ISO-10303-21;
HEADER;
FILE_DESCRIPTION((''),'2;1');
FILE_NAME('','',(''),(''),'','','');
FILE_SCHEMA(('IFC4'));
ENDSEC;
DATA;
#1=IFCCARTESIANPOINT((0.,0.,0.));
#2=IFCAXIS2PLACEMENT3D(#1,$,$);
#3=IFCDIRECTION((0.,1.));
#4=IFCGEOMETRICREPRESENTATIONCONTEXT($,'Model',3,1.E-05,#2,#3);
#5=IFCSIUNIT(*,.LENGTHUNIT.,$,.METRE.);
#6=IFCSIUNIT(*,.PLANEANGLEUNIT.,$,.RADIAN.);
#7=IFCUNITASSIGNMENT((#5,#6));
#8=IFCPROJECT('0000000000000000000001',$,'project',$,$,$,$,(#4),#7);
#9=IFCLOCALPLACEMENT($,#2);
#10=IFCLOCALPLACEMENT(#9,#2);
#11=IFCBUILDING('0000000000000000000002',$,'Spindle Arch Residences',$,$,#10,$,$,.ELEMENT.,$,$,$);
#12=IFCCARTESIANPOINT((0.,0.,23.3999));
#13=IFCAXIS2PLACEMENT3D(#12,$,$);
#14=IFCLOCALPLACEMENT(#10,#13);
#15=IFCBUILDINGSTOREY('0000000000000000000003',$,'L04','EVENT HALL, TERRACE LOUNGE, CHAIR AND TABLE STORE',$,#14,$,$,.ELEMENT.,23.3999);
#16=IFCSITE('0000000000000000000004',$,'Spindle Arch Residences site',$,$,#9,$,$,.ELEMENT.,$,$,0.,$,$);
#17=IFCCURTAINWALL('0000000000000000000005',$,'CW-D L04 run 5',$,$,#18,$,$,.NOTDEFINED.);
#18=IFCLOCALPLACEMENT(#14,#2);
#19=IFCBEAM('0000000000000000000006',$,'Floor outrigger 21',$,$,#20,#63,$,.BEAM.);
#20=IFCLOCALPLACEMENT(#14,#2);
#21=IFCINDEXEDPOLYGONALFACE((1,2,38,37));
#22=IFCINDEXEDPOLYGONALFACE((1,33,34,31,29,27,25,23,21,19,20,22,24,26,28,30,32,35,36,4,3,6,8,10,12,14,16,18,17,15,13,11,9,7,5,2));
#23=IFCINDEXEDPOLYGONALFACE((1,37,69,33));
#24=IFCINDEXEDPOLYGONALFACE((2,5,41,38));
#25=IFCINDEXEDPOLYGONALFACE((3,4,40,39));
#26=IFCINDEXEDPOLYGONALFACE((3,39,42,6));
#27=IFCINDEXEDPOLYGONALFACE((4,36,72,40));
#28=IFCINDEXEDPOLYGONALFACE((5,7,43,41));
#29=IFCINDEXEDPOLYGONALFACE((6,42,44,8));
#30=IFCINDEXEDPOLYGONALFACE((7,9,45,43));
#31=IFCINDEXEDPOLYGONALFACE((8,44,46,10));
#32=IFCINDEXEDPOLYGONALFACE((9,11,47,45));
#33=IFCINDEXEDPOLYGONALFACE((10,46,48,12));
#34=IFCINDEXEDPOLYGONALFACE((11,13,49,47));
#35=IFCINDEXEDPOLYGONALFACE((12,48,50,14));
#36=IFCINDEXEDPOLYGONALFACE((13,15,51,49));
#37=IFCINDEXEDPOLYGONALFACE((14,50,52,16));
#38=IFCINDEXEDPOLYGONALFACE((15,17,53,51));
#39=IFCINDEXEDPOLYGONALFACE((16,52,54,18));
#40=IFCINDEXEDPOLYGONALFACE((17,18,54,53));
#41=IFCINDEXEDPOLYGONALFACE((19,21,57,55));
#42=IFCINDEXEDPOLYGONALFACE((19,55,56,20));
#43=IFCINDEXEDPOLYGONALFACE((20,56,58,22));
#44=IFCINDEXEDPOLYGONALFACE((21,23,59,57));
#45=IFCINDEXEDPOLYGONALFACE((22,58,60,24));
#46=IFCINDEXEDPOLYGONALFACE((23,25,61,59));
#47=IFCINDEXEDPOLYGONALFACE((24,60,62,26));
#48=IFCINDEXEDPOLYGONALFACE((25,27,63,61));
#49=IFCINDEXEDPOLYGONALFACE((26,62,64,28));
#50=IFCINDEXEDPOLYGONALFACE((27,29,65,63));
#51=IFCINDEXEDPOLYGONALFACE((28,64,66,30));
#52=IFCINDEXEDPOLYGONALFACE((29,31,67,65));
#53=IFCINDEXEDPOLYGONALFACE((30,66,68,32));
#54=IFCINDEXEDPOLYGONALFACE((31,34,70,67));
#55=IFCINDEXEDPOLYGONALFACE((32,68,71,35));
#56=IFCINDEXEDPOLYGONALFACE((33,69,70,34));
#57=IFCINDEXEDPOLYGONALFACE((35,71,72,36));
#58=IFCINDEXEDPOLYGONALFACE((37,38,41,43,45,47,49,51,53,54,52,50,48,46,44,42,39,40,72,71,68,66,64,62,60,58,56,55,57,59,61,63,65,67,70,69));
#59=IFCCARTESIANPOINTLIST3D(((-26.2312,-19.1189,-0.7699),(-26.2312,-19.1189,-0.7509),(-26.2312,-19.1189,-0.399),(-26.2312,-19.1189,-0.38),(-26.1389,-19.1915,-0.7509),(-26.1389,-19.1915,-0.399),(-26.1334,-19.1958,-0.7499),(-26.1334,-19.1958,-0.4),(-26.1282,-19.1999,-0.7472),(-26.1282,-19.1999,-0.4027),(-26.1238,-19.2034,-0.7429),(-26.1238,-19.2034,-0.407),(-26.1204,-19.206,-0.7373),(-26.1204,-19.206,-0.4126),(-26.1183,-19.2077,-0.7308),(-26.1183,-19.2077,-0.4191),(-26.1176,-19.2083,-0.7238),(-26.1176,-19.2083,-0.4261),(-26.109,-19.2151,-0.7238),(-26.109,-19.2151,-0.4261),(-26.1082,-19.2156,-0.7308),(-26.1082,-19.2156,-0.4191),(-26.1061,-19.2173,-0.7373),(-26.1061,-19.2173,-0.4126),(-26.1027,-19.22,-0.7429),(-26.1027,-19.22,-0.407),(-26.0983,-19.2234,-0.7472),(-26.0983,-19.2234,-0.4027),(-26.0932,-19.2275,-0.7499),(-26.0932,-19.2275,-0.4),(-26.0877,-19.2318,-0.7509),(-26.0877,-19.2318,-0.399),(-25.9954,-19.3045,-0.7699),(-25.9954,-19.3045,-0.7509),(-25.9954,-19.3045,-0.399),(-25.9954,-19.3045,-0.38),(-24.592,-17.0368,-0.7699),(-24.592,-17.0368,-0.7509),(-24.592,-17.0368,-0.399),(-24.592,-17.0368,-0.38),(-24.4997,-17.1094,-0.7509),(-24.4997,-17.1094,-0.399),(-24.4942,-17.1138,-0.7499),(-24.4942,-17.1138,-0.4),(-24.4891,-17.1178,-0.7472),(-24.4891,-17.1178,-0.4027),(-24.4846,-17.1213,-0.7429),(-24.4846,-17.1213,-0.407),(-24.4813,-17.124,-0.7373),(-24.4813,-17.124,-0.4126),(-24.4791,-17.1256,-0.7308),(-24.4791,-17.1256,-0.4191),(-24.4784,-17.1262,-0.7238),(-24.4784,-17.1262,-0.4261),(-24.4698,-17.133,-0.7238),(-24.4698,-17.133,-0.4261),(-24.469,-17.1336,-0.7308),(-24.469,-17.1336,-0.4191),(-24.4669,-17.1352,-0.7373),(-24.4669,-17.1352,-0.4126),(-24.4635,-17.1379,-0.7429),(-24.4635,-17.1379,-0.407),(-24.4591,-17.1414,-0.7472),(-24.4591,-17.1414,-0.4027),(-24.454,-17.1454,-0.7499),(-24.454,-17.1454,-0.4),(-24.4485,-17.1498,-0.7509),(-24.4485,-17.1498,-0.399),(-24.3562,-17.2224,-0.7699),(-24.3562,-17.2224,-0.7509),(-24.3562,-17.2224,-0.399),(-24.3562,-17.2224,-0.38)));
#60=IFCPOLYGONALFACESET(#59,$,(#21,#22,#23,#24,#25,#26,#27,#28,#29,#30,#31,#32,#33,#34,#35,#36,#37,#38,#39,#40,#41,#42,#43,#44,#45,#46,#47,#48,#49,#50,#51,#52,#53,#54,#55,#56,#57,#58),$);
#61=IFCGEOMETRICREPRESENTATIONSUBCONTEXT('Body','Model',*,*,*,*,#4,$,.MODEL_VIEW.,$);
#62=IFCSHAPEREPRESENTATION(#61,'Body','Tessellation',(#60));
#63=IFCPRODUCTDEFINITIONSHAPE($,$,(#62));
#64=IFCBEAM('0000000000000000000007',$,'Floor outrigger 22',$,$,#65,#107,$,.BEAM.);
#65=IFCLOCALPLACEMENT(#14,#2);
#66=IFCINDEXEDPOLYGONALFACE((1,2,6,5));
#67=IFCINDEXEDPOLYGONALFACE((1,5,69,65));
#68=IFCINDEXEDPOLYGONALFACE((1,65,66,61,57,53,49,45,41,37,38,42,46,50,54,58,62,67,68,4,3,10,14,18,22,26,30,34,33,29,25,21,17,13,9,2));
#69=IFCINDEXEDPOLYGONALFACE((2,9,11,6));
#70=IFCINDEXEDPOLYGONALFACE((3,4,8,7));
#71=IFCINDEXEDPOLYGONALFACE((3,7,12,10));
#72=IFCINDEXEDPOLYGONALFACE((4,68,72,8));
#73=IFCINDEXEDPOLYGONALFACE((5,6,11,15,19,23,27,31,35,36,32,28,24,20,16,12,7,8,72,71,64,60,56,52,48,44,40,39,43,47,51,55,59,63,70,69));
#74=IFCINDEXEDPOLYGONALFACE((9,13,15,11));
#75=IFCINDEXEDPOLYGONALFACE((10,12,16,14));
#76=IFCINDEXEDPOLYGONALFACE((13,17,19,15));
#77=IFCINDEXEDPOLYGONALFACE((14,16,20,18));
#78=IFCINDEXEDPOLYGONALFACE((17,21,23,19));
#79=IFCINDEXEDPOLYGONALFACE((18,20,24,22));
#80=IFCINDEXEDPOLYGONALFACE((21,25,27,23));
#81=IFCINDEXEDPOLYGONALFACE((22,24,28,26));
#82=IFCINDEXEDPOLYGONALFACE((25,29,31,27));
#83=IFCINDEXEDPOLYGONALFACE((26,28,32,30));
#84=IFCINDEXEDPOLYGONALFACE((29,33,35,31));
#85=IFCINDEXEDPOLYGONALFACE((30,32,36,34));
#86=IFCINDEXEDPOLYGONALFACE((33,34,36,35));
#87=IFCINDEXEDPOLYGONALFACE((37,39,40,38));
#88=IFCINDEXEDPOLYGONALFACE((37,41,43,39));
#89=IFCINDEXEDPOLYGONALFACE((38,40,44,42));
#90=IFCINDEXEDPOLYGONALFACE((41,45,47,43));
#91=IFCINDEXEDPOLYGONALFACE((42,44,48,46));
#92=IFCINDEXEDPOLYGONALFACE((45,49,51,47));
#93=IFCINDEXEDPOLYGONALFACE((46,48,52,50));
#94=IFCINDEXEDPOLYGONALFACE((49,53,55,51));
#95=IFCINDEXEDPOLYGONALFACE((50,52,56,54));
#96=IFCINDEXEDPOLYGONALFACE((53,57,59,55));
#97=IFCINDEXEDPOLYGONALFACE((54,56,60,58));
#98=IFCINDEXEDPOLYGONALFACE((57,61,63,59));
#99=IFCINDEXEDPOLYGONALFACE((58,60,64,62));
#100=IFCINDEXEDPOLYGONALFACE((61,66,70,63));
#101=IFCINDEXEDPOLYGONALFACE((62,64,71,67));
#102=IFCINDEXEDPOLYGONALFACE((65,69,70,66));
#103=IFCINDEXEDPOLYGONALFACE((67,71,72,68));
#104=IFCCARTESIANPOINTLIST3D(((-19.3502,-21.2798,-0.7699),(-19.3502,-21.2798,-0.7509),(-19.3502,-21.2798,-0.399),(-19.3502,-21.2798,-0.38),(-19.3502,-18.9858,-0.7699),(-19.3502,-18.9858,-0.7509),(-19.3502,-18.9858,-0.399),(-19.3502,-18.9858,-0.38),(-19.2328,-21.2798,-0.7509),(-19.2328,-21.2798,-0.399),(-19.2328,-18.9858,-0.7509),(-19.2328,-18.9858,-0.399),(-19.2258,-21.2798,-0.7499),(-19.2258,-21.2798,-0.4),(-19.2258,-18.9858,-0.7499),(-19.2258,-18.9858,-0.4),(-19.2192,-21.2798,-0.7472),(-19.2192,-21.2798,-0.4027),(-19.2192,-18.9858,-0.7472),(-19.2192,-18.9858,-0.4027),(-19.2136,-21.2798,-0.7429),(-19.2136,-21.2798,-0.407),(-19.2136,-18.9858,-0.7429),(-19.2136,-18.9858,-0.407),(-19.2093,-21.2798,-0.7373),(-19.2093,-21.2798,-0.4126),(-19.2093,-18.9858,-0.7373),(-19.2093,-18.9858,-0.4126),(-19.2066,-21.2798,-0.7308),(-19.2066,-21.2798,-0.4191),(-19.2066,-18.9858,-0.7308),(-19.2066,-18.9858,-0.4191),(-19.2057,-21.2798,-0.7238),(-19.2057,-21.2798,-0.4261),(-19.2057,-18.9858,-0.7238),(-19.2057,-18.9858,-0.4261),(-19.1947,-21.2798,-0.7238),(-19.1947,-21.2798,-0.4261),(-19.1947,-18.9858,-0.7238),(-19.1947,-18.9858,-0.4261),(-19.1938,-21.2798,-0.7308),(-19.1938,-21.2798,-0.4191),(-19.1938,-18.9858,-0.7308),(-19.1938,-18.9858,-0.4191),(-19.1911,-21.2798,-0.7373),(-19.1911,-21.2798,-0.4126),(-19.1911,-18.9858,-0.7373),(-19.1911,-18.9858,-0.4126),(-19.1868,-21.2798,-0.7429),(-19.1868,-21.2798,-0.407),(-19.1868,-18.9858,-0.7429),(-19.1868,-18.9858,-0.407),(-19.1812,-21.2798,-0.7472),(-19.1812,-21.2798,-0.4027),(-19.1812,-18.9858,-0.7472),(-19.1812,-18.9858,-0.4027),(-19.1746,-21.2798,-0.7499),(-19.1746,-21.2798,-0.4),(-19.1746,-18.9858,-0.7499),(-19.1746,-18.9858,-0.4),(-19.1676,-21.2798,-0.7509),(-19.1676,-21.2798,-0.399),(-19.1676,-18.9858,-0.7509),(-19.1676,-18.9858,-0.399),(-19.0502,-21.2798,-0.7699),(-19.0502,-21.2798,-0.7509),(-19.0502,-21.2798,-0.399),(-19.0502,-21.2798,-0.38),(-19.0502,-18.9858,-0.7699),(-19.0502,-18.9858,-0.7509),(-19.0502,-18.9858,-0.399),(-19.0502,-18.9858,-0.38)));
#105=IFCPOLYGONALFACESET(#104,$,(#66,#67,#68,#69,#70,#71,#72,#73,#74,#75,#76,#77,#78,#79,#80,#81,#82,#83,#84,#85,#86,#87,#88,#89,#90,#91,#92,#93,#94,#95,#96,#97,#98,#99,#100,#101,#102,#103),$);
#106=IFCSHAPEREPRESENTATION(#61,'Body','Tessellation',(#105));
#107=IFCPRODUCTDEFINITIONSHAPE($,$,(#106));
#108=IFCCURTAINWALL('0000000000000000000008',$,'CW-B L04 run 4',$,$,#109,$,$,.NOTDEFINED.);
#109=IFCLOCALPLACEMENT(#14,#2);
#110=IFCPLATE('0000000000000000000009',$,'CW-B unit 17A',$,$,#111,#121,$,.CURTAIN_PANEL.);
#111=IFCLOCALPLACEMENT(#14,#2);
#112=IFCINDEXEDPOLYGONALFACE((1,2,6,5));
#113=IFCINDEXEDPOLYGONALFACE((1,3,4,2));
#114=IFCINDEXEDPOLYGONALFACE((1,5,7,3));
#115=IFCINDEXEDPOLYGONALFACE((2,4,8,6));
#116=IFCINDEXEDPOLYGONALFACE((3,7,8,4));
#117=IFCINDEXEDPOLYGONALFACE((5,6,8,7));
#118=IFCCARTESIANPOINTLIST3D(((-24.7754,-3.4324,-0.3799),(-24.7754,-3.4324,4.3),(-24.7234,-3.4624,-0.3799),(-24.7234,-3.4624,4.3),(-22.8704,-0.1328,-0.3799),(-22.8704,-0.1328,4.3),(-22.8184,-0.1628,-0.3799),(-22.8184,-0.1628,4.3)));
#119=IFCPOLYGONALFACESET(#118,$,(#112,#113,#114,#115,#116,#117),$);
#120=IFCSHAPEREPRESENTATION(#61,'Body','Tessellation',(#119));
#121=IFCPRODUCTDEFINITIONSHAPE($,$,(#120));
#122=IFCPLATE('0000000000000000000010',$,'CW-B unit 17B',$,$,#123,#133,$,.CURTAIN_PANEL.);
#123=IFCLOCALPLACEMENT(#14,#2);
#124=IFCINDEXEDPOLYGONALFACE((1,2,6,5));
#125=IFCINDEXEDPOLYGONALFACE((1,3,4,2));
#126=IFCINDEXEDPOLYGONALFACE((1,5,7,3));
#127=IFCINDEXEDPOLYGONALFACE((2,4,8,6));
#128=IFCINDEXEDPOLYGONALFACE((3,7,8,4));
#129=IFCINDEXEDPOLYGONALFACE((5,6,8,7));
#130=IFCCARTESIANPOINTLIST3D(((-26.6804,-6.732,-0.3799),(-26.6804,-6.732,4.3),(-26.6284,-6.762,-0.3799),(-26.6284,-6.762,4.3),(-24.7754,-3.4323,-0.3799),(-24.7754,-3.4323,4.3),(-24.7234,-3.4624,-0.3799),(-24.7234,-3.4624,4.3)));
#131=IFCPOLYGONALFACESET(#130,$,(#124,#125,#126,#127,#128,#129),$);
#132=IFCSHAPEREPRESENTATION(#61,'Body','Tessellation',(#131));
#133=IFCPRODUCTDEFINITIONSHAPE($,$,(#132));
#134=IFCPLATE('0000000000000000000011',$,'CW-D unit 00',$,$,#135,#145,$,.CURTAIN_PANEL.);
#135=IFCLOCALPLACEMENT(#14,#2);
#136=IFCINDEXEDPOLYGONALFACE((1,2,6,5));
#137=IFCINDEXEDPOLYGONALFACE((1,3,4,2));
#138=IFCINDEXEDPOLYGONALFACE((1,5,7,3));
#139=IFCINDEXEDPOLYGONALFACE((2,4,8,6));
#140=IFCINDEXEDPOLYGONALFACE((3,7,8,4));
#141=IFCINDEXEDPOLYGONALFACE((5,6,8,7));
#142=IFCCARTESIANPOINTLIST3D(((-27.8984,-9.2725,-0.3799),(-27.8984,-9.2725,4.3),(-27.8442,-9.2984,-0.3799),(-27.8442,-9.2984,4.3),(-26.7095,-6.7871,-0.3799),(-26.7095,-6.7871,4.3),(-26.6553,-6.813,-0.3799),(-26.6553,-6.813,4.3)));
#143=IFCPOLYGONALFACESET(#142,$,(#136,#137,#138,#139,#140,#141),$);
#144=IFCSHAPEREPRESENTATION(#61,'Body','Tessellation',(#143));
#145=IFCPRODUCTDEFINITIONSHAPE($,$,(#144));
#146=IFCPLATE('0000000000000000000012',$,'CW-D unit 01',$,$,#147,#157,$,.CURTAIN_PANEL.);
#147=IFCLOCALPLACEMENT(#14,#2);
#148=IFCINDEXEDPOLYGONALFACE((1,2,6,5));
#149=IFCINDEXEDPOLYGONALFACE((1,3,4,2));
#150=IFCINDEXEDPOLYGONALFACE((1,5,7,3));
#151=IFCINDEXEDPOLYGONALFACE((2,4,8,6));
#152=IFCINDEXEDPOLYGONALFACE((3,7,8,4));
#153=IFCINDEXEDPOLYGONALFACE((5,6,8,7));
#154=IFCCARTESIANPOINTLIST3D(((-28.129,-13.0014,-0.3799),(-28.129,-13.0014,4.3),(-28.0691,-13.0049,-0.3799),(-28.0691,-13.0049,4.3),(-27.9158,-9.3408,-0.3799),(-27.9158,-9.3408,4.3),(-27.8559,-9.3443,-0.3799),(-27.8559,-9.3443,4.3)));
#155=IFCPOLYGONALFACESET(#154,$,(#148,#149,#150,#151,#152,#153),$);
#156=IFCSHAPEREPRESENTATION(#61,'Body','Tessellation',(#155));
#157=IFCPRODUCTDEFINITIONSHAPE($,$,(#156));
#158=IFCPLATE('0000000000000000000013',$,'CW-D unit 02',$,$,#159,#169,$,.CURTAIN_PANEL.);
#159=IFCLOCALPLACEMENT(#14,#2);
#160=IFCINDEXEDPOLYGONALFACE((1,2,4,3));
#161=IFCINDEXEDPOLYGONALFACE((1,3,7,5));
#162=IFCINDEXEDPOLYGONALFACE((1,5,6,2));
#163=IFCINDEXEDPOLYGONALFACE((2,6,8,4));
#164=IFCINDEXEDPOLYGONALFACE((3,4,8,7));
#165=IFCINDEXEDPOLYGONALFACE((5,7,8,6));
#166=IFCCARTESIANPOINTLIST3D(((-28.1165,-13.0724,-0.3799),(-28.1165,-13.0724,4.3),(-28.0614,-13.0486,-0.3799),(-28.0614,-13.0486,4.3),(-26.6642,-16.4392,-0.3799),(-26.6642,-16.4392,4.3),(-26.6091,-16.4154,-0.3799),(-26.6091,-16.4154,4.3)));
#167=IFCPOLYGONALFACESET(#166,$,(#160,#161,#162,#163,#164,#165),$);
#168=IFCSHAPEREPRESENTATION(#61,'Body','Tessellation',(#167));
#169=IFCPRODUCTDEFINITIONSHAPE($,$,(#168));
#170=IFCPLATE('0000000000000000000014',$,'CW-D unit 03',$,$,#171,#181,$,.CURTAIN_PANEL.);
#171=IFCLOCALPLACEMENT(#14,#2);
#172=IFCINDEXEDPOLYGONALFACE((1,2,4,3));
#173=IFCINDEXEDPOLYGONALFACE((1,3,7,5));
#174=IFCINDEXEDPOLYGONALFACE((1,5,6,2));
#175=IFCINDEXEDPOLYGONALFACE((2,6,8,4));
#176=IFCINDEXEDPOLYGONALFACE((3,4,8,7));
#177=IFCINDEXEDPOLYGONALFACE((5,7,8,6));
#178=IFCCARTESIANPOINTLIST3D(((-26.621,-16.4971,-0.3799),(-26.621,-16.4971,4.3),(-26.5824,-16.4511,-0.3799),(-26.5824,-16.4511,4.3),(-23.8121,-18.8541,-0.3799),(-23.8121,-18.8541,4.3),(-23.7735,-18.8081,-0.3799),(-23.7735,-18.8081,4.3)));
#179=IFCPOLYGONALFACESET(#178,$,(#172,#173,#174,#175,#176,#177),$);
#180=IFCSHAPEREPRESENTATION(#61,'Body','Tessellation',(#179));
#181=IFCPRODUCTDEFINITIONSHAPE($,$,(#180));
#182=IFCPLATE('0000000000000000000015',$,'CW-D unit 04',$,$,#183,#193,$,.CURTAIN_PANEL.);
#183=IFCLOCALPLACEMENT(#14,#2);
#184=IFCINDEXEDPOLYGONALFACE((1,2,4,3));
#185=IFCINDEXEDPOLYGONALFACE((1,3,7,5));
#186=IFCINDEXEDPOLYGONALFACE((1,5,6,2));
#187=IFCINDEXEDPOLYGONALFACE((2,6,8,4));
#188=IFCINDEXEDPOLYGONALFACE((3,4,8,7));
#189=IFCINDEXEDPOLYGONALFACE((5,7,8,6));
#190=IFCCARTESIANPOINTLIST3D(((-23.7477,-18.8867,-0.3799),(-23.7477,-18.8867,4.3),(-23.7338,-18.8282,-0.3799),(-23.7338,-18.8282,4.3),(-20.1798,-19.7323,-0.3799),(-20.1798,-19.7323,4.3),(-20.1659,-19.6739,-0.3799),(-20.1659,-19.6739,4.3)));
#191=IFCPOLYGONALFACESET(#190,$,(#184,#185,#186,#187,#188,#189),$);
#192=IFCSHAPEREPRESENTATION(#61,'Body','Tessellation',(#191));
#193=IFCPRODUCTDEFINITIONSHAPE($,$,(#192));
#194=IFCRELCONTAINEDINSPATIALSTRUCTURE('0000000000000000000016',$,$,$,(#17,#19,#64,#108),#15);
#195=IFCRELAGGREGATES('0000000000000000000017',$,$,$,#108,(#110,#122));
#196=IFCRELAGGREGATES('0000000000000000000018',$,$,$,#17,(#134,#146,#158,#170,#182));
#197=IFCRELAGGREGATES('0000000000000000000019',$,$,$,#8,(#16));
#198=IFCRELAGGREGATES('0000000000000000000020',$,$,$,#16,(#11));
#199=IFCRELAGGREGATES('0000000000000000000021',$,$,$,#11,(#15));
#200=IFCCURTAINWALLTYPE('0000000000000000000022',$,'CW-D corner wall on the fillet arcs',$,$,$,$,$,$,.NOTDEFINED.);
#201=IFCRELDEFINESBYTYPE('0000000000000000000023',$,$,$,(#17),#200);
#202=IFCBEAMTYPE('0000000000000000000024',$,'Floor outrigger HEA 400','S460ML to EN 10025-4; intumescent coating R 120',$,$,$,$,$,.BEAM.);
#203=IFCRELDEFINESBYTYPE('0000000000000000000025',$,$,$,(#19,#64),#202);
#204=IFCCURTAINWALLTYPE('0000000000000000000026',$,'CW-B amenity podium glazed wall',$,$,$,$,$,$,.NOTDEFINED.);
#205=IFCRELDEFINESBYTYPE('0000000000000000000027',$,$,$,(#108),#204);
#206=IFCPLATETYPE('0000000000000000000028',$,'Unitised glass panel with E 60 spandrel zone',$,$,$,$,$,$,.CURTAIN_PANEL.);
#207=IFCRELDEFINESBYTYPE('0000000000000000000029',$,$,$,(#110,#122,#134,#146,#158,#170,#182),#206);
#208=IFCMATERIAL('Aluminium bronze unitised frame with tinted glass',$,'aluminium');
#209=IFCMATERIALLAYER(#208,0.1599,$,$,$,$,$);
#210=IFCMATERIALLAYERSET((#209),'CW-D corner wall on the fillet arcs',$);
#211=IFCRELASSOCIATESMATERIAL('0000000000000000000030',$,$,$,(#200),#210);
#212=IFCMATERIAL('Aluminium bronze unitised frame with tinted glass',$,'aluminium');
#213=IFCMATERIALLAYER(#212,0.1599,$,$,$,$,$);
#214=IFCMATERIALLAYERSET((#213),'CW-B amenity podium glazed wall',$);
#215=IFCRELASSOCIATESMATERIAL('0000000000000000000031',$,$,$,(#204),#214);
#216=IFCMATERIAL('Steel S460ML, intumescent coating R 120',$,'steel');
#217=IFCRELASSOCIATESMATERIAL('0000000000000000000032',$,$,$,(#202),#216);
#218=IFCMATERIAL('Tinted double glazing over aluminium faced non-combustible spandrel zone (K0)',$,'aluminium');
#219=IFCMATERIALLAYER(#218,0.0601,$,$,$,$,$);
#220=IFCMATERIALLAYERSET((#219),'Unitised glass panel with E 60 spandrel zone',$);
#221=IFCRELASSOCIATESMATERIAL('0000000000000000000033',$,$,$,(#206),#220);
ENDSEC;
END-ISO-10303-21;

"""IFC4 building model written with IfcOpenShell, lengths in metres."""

from ifc_helpers import new_model, si_unit, direction, frame, origin, origin_2d, place, context, subcontext, project, spatial, rectangle, i_section, extrude, material, layer, layer_set, material_profile, profile_set, type_object, element, aggregate, save


model = new_model("IFC4")

# Units and contexts
model_context = context("Model", 3, precision=1e-05, world=origin(), true_north=direction((0.0, 1.0)))
body_context = subcontext(model_context, "Body", "Model", "MODEL_VIEW")
ifc_project = project(units=[si_unit("LENGTHUNIT", "METRE"), si_unit("PLANEANGLEUNIT", "RADIAN")], contexts=[model_context])

# Site, building, storey
site_placement = place(None, origin())
site = spatial("IfcSite", under=ifc_project, at=site_placement, Name="Spindle Arch Residences site", CompositionType="ELEMENT", RefElevation=0.0)
building_placement = place(site_placement, origin())
building = spatial("IfcBuilding", under=site, at=building_placement, Name="Spindle Arch Residences", CompositionType="ELEMENT")
storey_placement = place(building_placement, frame((0.0, 0.0, 23.3999)))
storey = spatial("IfcBuildingStorey", under=building, at=storey_placement, Name="L04", Description="EVENT HALL, TERRACE LOUNGE, CHAIR AND TABLE STORE", CompositionType="ELEMENT", Elevation=23.3999)

# Curtain wall
ifc_material_1 = material(Name="Aluminium bronze unitised frame with tinted glass", Category="aluminium")
ifc_layer_1 = layer(ifc_material_1, 0.1599)
ifc_layer_set_1 = layer_set([ifc_layer_1], Name="CW-D corner wall on the fillet arcs")
curtain_wall_type_1 = type_object("IfcCurtainWallType", Name="CW-D corner wall on the fillet arcs", PredefinedType="NOTDEFINED", material=ifc_layer_set_1)
curtain_wall_1_placement = place(storey_placement, origin())
curtain_wall_1 = element("IfcCurtainWall", 1, at=curtain_wall_1_placement, inside=storey, type_object=curtain_wall_type_1, Name="CW-D L04 run 5", PredefinedType="NOTDEFINED")

# Shared definitions
ifc_material_2 = material(Name="Aluminium bronze unitised frame with tinted glass", Category="aluminium")
ifc_layer_2 = layer(ifc_material_2, 0.1599)
ifc_layer_set_2 = layer_set([ifc_layer_2], Name="CW-B amenity podium glazed wall")
curtain_wall_type_2 = type_object("IfcCurtainWallType", Name="CW-B amenity podium glazed wall", PredefinedType="NOTDEFINED", material=ifc_layer_set_2)

# Beams
ifc_material_3 = material(Name="Steel S460ML, intumescent coating R 120", Category="steel")
ifc_material_profile_1 = material_profile(ifc_material_3, i_section(OverallWidth=0.3, OverallDepth=0.3899, WebThickness=0.011, FlangeThickness=0.019, FilletRadius=0.0271, at=origin_2d()), Name="HEA 400")
ifc_profile_set_1 = profile_set([ifc_material_profile_1], Name="Steel S460ML, intumescent coating R 120")
beam_type_1 = type_object("IfcBeamType", Name="Floor outrigger HEA 400", Description="S460ML to EN 10025-4; intumescent coating R 120", PredefinedType="BEAM", material=ifc_profile_set_1)
for number, where, z_axis, x_axis, name in (
    (2, (-26.1133, -19.2117, -0.575), (0.618586, 0.785717, 0.0), (-0.785717, 0.618586, 0.0), "Floor outrigger 21"),
):
    element("IfcBeam", number, at=place(storey_placement, frame(where, z_axis=z_axis, x_axis=x_axis)), inside=storey, type_object=beam_type_1, Name=name, PredefinedType="BEAM", context=body_context, shape_type="SweptSolid", body=[
        extrude(i_section(OverallWidth=0.3, OverallDepth=0.3899, WebThickness=0.011, FlangeThickness=0.019, FilletRadius=0.0271, at=origin_2d()), origin(), (0.0, 0.0, 1.0), 2.6499),
    ])
beam_1_placement = place(storey_placement, frame((-19.2002, -21.2798, -0.575), z_axis=(0.0, 1.0, 0.0), x_axis=(-1.0, 0.0, 0.0)))
element("IfcBeam", 3, at=beam_1_placement, inside=storey, type_object=beam_type_1, Name="Floor outrigger 22", PredefinedType="BEAM", context=body_context, shape_type="SweptSolid", body=[
    extrude(i_section(OverallWidth=0.3, OverallDepth=0.3899, WebThickness=0.011, FlangeThickness=0.019, FilletRadius=0.0271, at=origin_2d()), origin(), (0.0, 0.0, 1.0), 2.2939),
])

# Curtain wall, plates
curtain_wall_2_placement = place(storey_placement, origin())
curtain_wall_2 = element("IfcCurtainWall", 4, at=curtain_wall_2_placement, inside=storey, type_object=curtain_wall_type_2, Name="CW-B L04 run 4", PredefinedType="NOTDEFINED")
ifc_material_4 = material(Name="Tinted double glazing over aluminium faced non-combustible spandrel zone (K0)", Category="aluminium")
ifc_layer_3 = layer(ifc_material_4, 0.0601)
ifc_layer_set_3 = layer_set([ifc_layer_3], Name="Unitised glass panel with E 60 spandrel zone")
plate_type = type_object("IfcPlateType", Name="Unitised glass panel with E 60 spandrel zone", PredefinedType="CURTAIN_PANEL", material=ifc_layer_set_3)
plate_1_placement = place(storey_placement, frame((-23.7969, -1.7976, -0.3799), z_axis=(0.0, 0.0, 1.0), x_axis=(-0.5, -0.866025, 0.0)))
plate_1 = element("IfcPlate", 5, at=plate_1_placement, type_object=plate_type, Name="CW-B unit 17A", PredefinedType="CURTAIN_PANEL", context=body_context, shape_type="SweptSolid", body=[
    extrude(rectangle(XDim=3.8101, YDim=0.0601, at=origin_2d()), origin(), (0.0, 0.0, 1.0), 4.6799),
])
plate_2_placement = place(storey_placement, frame((-25.7019, -5.0972, -0.3799), z_axis=(0.0, 0.0, 1.0), x_axis=(-0.5, -0.866025, 0.0)))
plate_2 = element("IfcPlate", 6, at=plate_2_placement, type_object=plate_type, Name="CW-B unit 17B", PredefinedType="CURTAIN_PANEL", context=body_context, shape_type="SweptSolid", body=[
    extrude(rectangle(XDim=3.8101, YDim=0.0601, at=origin_2d()), origin(), (0.0, 0.0, 1.0), 4.6799),
])
aggregate(curtain_wall_2, [plate_1, plate_2])

# Plates
plate_3_placement = place(storey_placement, frame((-27.2769, -8.0427, -0.3799), z_axis=(0.0, 0.0, 1.0), x_axis=(-0.431502, -0.902112, 0.0)))
plate_3 = element("IfcPlate", 7, at=plate_3_placement, type_object=plate_type, Name="CW-D unit 00", PredefinedType="CURTAIN_PANEL", context=body_context, shape_type="SweptSolid", body=[
    extrude(rectangle(XDim=2.7551, YDim=0.0601, at=origin_2d()), origin(), (0.0, 0.0, 1.0), 4.6799),
])
plate_4_placement = place(storey_placement, frame((-27.9924, -11.1729, -0.3799), z_axis=(0.0, 0.0, 1.0), x_axis=(-0.058145, -0.998308, 0.0)))
plate_4 = element("IfcPlate", 8, at=plate_4_placement, type_object=plate_type, Name="CW-D unit 01", PredefinedType="CURTAIN_PANEL", context=body_context, shape_type="SweptSolid", body=[
    extrude(rectangle(XDim=3.6667, YDim=0.0601, at=origin_2d()), origin(), (0.0, 0.0, 1.0), 4.6799),
])
plate_5_placement = place(storey_placement, frame((-27.3628, -14.7439, -0.3799), z_axis=(0.0, 0.0, 1.0), x_axis=(0.39608, -0.918216, 0.0)))
plate_5 = element("IfcPlate", 9, at=plate_5_placement, type_object=plate_type, Name="CW-D unit 02", PredefinedType="CURTAIN_PANEL", context=body_context, shape_type="SweptSolid", body=[
    extrude(rectangle(XDim=3.6667, YDim=0.0601, at=origin_2d()), origin(), (0.0, 0.0, 1.0), 4.6799),
])
plate_6_placement = place(storey_placement, frame((-25.1973, -17.6526, -0.3799), z_axis=(0.0, 0.0, 1.0), x_axis=(0.766044, -0.642788, 0.0)))
plate_6 = element("IfcPlate", 10, at=plate_6_placement, type_object=plate_type, Name="CW-D unit 03", PredefinedType="CURTAIN_PANEL", context=body_context, shape_type="SweptSolid", body=[
    extrude(rectangle(XDim=3.6667, YDim=0.0601, at=origin_2d()), origin(), (0.0, 0.0, 1.0), 4.6799),
])
plate_7_placement = place(storey_placement, frame((-21.9568, -19.2803, -0.3799), z_axis=(0.0, 0.0, 1.0), x_axis=(0.973045, -0.230616, 0.0)))
plate_7 = element("IfcPlate", 11, at=plate_7_placement, type_object=plate_type, Name="CW-D unit 04", PredefinedType="CURTAIN_PANEL", context=body_context, shape_type="SweptSolid", body=[
    extrude(rectangle(XDim=3.6667, YDim=0.0601, at=origin_2d()), origin(), (0.0, 0.0, 1.0), 4.6799),
])
aggregate(curtain_wall_1, [plate_3, plate_4, plate_5, plate_6, plate_7])

save(model, "model.ifc")
